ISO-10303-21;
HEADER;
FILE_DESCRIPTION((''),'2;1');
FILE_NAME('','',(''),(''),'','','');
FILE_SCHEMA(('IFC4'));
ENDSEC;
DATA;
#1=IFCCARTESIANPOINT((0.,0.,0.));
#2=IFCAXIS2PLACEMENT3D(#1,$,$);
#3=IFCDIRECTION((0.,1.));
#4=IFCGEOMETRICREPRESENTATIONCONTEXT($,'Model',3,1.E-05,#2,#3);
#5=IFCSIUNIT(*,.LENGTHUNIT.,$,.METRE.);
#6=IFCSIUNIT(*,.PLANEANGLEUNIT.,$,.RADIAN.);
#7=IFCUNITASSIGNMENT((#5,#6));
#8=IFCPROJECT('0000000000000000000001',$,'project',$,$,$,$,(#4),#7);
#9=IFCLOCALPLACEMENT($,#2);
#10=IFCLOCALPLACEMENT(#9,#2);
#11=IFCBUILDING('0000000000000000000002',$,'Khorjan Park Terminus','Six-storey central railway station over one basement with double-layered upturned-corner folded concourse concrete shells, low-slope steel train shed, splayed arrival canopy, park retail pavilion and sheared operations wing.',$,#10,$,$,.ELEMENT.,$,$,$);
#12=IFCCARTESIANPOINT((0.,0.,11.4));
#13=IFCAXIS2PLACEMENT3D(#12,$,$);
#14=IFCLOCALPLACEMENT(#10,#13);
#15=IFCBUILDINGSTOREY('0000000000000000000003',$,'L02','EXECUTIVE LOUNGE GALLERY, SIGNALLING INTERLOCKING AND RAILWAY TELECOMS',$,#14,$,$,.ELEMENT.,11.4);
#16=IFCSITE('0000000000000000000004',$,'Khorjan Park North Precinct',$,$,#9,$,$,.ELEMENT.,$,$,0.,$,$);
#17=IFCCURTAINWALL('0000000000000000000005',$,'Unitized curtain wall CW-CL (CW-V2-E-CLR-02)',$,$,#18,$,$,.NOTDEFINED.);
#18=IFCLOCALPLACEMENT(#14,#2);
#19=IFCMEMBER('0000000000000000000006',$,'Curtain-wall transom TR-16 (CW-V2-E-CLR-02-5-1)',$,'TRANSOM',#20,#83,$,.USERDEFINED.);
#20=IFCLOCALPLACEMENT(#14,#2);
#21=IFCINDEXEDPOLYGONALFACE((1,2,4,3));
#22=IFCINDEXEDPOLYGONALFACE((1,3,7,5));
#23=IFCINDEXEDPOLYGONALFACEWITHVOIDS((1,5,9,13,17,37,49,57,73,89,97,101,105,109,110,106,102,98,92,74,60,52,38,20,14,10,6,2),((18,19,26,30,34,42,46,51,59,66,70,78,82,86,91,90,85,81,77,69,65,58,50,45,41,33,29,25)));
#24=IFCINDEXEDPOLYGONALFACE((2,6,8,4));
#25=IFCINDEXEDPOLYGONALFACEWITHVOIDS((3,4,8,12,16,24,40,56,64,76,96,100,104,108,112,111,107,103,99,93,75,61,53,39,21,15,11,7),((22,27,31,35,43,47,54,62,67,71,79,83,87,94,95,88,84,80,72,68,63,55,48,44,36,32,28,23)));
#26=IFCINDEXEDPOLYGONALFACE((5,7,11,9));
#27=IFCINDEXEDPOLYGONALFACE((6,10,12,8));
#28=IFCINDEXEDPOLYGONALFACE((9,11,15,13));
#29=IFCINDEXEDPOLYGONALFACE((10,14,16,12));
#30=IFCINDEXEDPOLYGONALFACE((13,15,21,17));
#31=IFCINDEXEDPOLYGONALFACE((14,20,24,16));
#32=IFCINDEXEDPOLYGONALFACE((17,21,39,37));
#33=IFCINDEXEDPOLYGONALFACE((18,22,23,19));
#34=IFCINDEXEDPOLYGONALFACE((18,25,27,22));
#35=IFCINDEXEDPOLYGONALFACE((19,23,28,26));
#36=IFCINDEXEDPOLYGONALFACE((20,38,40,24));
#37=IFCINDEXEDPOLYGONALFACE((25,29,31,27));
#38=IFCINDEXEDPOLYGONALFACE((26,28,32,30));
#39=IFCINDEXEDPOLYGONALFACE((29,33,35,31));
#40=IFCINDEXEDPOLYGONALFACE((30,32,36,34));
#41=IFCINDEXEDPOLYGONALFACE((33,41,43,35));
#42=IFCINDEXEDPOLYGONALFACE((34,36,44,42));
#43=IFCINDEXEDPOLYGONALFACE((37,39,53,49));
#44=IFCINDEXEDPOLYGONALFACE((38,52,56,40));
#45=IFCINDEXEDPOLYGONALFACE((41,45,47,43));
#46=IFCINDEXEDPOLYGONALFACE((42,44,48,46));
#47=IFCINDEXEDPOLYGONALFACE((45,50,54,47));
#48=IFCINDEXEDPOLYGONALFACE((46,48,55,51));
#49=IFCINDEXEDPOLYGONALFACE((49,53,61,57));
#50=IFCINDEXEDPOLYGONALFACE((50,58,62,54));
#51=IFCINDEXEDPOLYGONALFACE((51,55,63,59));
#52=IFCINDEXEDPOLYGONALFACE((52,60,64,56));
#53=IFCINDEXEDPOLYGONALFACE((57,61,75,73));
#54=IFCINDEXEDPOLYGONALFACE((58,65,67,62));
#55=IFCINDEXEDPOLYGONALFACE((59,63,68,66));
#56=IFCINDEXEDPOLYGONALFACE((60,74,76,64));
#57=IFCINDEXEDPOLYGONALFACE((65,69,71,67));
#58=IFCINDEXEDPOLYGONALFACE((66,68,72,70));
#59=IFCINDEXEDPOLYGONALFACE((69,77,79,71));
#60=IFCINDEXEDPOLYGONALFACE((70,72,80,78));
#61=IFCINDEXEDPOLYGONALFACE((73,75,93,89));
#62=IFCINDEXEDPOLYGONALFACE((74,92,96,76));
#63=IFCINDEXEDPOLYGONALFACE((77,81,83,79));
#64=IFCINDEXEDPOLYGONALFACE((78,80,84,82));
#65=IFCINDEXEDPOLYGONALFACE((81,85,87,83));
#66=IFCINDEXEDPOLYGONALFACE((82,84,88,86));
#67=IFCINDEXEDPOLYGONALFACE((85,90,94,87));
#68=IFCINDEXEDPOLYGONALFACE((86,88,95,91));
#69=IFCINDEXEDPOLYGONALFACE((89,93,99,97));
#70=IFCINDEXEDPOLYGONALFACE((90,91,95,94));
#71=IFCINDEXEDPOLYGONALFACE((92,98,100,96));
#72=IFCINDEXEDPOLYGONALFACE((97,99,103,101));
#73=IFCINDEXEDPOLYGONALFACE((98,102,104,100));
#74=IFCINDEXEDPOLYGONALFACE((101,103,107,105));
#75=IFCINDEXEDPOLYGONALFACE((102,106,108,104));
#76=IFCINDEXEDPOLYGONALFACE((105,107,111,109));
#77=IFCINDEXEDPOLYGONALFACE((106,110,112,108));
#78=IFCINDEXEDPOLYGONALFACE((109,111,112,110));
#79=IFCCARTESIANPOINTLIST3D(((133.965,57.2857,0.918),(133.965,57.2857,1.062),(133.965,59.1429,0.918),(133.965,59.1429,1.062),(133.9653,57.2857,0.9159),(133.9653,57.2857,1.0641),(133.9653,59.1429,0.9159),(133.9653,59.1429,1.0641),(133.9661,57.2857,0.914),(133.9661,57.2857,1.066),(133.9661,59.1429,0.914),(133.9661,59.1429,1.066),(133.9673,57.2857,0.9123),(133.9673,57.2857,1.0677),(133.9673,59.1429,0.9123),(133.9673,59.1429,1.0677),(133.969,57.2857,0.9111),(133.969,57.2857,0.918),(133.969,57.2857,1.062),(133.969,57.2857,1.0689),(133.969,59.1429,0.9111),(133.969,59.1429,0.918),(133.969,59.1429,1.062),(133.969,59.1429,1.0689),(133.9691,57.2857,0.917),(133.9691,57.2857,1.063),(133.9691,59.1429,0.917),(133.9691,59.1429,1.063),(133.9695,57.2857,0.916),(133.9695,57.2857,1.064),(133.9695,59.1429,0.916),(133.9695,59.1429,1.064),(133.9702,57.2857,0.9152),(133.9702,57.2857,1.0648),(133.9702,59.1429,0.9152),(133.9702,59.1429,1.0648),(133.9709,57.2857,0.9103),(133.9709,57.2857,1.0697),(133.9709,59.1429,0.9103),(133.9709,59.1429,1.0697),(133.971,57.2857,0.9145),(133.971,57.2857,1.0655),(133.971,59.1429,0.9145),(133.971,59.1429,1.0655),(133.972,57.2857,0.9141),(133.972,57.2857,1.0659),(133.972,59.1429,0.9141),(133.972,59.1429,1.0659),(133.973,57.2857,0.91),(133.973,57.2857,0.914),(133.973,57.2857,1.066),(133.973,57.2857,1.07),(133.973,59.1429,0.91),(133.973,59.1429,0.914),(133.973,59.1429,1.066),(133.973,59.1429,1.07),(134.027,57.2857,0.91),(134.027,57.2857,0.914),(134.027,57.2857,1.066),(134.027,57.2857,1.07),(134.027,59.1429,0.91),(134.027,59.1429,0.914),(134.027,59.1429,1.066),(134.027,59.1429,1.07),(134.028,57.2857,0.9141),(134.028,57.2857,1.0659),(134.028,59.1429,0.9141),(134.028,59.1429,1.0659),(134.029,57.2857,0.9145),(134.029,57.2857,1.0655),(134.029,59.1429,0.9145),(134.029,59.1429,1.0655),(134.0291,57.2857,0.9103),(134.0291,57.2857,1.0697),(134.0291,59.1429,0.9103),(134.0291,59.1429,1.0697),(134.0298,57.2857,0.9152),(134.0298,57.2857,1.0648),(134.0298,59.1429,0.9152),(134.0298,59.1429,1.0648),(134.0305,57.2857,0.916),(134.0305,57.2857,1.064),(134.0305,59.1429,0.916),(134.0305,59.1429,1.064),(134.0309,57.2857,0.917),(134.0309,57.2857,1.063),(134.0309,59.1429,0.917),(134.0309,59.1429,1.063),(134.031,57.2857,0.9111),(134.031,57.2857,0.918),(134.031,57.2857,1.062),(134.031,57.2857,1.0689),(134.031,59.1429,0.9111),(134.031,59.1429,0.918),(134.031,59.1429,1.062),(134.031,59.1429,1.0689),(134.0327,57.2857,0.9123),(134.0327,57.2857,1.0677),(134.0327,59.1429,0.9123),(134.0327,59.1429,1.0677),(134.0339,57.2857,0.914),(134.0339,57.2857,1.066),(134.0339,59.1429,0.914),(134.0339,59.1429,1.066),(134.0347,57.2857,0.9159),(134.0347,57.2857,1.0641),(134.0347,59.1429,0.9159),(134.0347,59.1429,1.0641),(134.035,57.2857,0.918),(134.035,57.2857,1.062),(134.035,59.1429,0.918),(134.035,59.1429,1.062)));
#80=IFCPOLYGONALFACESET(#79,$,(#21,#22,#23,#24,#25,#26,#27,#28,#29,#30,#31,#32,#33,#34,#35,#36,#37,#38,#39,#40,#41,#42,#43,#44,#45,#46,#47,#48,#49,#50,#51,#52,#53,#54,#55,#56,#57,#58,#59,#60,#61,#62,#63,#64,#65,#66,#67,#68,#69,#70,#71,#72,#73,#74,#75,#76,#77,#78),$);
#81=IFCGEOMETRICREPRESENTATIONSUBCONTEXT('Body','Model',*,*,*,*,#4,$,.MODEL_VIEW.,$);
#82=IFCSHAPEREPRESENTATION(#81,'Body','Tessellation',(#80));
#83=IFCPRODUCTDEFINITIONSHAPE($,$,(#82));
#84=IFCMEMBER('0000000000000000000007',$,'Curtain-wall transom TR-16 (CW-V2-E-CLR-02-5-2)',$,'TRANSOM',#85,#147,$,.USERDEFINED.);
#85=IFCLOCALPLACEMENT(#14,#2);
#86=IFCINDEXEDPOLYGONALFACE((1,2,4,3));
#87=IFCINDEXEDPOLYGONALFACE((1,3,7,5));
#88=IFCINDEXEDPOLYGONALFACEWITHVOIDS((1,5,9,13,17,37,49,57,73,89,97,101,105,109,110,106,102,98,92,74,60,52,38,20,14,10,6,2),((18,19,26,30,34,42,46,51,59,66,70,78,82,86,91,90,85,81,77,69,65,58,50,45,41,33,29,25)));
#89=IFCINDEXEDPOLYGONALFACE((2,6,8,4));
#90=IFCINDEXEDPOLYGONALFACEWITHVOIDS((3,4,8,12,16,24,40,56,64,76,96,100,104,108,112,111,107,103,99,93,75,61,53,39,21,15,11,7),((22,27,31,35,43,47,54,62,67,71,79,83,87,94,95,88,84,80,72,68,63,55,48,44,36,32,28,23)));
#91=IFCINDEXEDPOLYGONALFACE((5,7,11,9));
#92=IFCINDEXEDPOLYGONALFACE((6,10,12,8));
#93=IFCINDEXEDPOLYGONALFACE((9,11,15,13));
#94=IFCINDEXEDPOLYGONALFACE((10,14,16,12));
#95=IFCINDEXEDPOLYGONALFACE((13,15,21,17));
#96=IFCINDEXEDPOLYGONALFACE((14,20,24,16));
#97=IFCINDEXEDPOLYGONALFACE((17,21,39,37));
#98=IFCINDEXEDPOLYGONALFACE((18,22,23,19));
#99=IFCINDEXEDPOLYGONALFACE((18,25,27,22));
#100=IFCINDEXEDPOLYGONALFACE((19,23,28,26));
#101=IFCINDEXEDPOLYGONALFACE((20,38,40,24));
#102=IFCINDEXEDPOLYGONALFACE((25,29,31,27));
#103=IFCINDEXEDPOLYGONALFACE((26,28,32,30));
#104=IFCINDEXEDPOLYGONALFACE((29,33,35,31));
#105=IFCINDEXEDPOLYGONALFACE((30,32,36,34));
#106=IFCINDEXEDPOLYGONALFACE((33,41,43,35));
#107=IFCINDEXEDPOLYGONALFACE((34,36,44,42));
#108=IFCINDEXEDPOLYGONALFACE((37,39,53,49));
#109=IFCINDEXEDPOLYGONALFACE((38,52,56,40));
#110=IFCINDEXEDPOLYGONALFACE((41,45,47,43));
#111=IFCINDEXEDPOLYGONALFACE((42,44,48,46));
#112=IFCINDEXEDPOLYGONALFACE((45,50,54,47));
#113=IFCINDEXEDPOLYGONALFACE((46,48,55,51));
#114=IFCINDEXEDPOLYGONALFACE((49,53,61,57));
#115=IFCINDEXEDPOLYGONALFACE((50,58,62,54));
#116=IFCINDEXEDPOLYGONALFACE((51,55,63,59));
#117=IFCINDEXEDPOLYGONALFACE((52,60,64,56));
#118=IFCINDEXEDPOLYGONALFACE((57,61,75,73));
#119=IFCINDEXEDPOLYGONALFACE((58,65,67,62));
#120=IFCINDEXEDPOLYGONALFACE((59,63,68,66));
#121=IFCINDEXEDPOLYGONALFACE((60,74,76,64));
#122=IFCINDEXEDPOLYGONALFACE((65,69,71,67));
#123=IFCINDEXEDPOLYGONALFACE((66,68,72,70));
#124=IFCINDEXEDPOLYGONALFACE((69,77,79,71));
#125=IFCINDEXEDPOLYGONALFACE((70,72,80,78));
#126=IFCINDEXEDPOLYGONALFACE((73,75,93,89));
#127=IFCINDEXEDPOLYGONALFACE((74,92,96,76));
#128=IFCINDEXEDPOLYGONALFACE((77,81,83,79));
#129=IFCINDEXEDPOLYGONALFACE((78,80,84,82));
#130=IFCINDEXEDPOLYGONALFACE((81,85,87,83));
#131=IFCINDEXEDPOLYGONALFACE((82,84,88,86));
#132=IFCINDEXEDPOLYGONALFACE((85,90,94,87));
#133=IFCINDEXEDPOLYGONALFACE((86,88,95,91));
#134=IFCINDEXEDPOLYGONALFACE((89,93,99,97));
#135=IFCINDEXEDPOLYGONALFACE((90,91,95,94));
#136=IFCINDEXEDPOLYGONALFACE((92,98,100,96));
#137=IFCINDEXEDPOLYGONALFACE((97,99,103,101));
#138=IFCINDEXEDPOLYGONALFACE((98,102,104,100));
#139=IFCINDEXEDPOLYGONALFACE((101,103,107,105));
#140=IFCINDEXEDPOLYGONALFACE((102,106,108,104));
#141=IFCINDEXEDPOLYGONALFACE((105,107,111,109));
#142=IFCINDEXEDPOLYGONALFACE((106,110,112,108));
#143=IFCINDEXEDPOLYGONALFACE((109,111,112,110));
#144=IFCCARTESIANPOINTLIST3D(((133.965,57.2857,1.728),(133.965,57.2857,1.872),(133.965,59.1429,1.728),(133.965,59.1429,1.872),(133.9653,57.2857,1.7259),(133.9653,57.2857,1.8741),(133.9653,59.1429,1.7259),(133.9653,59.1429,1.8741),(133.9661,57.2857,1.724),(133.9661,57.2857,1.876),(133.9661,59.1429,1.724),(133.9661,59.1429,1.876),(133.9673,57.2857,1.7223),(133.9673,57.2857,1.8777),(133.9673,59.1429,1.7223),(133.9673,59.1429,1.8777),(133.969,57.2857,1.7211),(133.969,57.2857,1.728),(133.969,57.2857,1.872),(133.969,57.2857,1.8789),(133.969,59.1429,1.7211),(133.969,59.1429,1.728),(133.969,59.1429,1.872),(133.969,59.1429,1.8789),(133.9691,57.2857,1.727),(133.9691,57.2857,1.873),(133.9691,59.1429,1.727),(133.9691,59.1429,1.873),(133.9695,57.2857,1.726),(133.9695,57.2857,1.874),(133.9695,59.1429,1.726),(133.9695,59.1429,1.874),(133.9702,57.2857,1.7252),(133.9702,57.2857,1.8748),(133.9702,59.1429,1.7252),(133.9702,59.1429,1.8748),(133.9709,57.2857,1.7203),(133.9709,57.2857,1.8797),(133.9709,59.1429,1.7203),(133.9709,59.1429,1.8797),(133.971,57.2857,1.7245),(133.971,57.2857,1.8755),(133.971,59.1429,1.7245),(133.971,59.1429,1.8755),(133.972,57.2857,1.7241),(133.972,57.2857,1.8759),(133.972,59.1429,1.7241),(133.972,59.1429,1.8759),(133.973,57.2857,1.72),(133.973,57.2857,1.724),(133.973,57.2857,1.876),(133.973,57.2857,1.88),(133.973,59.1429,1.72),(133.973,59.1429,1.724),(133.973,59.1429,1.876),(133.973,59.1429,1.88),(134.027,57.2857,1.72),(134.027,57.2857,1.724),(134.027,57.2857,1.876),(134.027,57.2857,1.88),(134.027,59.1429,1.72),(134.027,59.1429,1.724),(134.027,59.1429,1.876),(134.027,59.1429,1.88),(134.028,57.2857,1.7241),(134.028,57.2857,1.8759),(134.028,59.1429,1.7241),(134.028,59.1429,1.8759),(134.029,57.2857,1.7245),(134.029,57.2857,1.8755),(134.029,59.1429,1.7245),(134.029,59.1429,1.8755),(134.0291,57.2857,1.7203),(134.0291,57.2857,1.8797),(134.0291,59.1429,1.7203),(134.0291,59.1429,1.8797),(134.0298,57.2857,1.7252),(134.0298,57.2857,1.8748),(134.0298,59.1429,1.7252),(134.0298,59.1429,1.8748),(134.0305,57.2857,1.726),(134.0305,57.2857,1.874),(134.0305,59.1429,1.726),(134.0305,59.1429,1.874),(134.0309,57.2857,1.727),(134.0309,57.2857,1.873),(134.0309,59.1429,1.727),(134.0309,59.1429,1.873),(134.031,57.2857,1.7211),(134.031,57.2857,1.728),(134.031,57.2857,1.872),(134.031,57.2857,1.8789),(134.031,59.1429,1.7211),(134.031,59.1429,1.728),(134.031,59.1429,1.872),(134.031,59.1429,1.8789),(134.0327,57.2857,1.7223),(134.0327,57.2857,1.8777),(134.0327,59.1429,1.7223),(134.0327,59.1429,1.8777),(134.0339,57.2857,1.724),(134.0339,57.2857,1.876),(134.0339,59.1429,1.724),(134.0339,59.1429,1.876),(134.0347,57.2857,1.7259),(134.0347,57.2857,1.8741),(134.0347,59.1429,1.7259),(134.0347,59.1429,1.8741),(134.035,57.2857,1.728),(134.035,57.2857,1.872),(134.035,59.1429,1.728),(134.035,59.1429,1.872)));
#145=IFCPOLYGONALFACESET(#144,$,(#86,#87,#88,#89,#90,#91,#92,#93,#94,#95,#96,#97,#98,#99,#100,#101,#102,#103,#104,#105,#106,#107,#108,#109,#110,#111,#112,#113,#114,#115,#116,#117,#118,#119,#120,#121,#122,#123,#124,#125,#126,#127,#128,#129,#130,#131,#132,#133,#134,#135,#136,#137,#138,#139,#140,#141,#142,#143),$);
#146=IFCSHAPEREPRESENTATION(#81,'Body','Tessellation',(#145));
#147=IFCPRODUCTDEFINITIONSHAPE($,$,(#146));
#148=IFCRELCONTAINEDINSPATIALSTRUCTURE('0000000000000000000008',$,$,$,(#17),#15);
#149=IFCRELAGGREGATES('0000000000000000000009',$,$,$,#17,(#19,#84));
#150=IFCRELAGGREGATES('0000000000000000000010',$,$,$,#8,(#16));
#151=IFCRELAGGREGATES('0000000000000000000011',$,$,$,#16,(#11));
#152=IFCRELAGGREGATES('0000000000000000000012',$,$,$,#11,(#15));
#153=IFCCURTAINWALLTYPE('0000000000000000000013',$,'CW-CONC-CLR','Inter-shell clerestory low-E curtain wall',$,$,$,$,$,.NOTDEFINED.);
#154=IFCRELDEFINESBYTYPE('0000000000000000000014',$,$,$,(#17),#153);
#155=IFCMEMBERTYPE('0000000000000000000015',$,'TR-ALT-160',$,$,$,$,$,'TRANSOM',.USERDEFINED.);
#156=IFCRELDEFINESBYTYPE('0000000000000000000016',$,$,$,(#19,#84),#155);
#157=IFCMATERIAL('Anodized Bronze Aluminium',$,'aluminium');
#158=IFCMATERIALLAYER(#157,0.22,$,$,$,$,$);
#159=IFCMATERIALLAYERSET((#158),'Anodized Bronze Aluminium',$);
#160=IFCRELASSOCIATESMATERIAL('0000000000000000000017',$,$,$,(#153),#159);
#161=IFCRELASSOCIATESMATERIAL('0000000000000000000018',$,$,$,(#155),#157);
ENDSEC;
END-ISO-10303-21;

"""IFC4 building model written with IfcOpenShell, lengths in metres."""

from ifc_helpers import new_model, si_unit, direction, frame, origin, origin_2d, place, context, subcontext, project, spatial, hollow_rectangle, extrude, material, layer, layer_set, material_profile, profile_set, type_object, element, aggregate, save


model = new_model("IFC4")

# Units and contexts
model_context = context("Model", 3, precision=1e-05, world=origin(), true_north=direction((0.0, 1.0)))
body_context = subcontext(model_context, "Body", "Model", "MODEL_VIEW")
ifc_project = project(units=[si_unit("LENGTHUNIT", "METRE"), si_unit("PLANEANGLEUNIT", "RADIAN")], contexts=[model_context])

# Site, building, storey
site_placement = place(None, origin())
site = spatial("IfcSite", under=ifc_project, at=site_placement, Name="Khorjan Park North Precinct", CompositionType="ELEMENT", RefElevation=0.0)
building_placement = place(site_placement, origin())
building = spatial("IfcBuilding", under=site, at=building_placement, Name="Khorjan Park Terminus", Description="Six-storey central railway station over one basement with double-layered upturned-corner folded concourse concrete shells, low-slope steel train shed, splayed arrival canopy, park retail pavilion and sheared operations wing.", CompositionType="ELEMENT")
storey_placement = place(building_placement, frame((0.0, 0.0, 11.4)))
storey = spatial("IfcBuildingStorey", under=building, at=storey_placement, Name="L02", Description="EXECUTIVE LOUNGE GALLERY, SIGNALLING INTERLOCKING AND RAILWAY TELECOMS", CompositionType="ELEMENT", Elevation=11.4)

# Curtain wall, members
ifc_material_1 = material(Name="Anodized Bronze Aluminium", Category="aluminium")
ifc_layer_1 = layer(ifc_material_1, 0.22)
ifc_layer_set_1 = layer_set([ifc_layer_1], Name="Anodized Bronze Aluminium")
curtain_wall_type = type_object("IfcCurtainWallType", Name="CW-CONC-CLR", Description="Inter-shell clerestory low-E curtain wall", PredefinedType="NOTDEFINED", material=ifc_layer_set_1)
curtain_wall_placement = place(storey_placement, origin())
curtain_wall = element("IfcCurtainWall", 1, at=curtain_wall_placement, inside=storey, type_object=curtain_wall_type, Name="Unitized curtain wall CW-CL (CW-V2-E-CLR-02)", PredefinedType="NOTDEFINED")
ifc_material_profile_1 = material_profile(ifc_material_1, hollow_rectangle(XDim=0.07, YDim=0.16, WallThickness=0.004, InnerFilletRadius=0.004, OuterFilletRadius=0.008, at=origin_2d()), Name="ALT 70x160x4")
ifc_profile_set_1 = profile_set([ifc_material_profile_1], Name="Anodized Bronze Aluminium")
member_type_1 = type_object("IfcMemberType", Name="TR-ALT-160", ElementType="TRANSOM", PredefinedType="USERDEFINED", material=ifc_profile_set_1)
member_1_placement = place(storey_placement, frame((134.0, 57.2857, 0.99), z_axis=(0.0, 1.0, 0.0), x_axis=(-1.0, 0.0, 0.0)))
member_1 = element("IfcMember", 2, at=member_1_placement, type_object=member_type_1, Name="Curtain-wall transom TR-16 (CW-V2-E-CLR-02-5-1)", ObjectType="TRANSOM", PredefinedType="USERDEFINED", context=body_context, shape_type="SweptSolid", body=[
    extrude(hollow_rectangle(XDim=0.07, YDim=0.16, WallThickness=0.004, InnerFilletRadius=0.004, OuterFilletRadius=0.008, at=origin_2d()), origin(), (0.0, 0.0, 1.0), 1.8572),
])
member_2_placement = place(storey_placement, frame((134.0, 57.2857, 1.8), z_axis=(0.0, 1.0, 0.0), x_axis=(-1.0, 0.0, 0.0)))
member_2 = element("IfcMember", 3, at=member_2_placement, type_object=member_type_1, Name="Curtain-wall transom TR-16 (CW-V2-E-CLR-02-5-2)", ObjectType="TRANSOM", PredefinedType="USERDEFINED", context=body_context, shape_type="SweptSolid", body=[
    extrude(hollow_rectangle(XDim=0.07, YDim=0.16, WallThickness=0.004, InnerFilletRadius=0.004, OuterFilletRadius=0.008, at=origin_2d()), origin(), (0.0, 0.0, 1.0), 1.8572),
])
aggregate(curtain_wall, [member_1, member_2])

save(model, "model.ifc")
